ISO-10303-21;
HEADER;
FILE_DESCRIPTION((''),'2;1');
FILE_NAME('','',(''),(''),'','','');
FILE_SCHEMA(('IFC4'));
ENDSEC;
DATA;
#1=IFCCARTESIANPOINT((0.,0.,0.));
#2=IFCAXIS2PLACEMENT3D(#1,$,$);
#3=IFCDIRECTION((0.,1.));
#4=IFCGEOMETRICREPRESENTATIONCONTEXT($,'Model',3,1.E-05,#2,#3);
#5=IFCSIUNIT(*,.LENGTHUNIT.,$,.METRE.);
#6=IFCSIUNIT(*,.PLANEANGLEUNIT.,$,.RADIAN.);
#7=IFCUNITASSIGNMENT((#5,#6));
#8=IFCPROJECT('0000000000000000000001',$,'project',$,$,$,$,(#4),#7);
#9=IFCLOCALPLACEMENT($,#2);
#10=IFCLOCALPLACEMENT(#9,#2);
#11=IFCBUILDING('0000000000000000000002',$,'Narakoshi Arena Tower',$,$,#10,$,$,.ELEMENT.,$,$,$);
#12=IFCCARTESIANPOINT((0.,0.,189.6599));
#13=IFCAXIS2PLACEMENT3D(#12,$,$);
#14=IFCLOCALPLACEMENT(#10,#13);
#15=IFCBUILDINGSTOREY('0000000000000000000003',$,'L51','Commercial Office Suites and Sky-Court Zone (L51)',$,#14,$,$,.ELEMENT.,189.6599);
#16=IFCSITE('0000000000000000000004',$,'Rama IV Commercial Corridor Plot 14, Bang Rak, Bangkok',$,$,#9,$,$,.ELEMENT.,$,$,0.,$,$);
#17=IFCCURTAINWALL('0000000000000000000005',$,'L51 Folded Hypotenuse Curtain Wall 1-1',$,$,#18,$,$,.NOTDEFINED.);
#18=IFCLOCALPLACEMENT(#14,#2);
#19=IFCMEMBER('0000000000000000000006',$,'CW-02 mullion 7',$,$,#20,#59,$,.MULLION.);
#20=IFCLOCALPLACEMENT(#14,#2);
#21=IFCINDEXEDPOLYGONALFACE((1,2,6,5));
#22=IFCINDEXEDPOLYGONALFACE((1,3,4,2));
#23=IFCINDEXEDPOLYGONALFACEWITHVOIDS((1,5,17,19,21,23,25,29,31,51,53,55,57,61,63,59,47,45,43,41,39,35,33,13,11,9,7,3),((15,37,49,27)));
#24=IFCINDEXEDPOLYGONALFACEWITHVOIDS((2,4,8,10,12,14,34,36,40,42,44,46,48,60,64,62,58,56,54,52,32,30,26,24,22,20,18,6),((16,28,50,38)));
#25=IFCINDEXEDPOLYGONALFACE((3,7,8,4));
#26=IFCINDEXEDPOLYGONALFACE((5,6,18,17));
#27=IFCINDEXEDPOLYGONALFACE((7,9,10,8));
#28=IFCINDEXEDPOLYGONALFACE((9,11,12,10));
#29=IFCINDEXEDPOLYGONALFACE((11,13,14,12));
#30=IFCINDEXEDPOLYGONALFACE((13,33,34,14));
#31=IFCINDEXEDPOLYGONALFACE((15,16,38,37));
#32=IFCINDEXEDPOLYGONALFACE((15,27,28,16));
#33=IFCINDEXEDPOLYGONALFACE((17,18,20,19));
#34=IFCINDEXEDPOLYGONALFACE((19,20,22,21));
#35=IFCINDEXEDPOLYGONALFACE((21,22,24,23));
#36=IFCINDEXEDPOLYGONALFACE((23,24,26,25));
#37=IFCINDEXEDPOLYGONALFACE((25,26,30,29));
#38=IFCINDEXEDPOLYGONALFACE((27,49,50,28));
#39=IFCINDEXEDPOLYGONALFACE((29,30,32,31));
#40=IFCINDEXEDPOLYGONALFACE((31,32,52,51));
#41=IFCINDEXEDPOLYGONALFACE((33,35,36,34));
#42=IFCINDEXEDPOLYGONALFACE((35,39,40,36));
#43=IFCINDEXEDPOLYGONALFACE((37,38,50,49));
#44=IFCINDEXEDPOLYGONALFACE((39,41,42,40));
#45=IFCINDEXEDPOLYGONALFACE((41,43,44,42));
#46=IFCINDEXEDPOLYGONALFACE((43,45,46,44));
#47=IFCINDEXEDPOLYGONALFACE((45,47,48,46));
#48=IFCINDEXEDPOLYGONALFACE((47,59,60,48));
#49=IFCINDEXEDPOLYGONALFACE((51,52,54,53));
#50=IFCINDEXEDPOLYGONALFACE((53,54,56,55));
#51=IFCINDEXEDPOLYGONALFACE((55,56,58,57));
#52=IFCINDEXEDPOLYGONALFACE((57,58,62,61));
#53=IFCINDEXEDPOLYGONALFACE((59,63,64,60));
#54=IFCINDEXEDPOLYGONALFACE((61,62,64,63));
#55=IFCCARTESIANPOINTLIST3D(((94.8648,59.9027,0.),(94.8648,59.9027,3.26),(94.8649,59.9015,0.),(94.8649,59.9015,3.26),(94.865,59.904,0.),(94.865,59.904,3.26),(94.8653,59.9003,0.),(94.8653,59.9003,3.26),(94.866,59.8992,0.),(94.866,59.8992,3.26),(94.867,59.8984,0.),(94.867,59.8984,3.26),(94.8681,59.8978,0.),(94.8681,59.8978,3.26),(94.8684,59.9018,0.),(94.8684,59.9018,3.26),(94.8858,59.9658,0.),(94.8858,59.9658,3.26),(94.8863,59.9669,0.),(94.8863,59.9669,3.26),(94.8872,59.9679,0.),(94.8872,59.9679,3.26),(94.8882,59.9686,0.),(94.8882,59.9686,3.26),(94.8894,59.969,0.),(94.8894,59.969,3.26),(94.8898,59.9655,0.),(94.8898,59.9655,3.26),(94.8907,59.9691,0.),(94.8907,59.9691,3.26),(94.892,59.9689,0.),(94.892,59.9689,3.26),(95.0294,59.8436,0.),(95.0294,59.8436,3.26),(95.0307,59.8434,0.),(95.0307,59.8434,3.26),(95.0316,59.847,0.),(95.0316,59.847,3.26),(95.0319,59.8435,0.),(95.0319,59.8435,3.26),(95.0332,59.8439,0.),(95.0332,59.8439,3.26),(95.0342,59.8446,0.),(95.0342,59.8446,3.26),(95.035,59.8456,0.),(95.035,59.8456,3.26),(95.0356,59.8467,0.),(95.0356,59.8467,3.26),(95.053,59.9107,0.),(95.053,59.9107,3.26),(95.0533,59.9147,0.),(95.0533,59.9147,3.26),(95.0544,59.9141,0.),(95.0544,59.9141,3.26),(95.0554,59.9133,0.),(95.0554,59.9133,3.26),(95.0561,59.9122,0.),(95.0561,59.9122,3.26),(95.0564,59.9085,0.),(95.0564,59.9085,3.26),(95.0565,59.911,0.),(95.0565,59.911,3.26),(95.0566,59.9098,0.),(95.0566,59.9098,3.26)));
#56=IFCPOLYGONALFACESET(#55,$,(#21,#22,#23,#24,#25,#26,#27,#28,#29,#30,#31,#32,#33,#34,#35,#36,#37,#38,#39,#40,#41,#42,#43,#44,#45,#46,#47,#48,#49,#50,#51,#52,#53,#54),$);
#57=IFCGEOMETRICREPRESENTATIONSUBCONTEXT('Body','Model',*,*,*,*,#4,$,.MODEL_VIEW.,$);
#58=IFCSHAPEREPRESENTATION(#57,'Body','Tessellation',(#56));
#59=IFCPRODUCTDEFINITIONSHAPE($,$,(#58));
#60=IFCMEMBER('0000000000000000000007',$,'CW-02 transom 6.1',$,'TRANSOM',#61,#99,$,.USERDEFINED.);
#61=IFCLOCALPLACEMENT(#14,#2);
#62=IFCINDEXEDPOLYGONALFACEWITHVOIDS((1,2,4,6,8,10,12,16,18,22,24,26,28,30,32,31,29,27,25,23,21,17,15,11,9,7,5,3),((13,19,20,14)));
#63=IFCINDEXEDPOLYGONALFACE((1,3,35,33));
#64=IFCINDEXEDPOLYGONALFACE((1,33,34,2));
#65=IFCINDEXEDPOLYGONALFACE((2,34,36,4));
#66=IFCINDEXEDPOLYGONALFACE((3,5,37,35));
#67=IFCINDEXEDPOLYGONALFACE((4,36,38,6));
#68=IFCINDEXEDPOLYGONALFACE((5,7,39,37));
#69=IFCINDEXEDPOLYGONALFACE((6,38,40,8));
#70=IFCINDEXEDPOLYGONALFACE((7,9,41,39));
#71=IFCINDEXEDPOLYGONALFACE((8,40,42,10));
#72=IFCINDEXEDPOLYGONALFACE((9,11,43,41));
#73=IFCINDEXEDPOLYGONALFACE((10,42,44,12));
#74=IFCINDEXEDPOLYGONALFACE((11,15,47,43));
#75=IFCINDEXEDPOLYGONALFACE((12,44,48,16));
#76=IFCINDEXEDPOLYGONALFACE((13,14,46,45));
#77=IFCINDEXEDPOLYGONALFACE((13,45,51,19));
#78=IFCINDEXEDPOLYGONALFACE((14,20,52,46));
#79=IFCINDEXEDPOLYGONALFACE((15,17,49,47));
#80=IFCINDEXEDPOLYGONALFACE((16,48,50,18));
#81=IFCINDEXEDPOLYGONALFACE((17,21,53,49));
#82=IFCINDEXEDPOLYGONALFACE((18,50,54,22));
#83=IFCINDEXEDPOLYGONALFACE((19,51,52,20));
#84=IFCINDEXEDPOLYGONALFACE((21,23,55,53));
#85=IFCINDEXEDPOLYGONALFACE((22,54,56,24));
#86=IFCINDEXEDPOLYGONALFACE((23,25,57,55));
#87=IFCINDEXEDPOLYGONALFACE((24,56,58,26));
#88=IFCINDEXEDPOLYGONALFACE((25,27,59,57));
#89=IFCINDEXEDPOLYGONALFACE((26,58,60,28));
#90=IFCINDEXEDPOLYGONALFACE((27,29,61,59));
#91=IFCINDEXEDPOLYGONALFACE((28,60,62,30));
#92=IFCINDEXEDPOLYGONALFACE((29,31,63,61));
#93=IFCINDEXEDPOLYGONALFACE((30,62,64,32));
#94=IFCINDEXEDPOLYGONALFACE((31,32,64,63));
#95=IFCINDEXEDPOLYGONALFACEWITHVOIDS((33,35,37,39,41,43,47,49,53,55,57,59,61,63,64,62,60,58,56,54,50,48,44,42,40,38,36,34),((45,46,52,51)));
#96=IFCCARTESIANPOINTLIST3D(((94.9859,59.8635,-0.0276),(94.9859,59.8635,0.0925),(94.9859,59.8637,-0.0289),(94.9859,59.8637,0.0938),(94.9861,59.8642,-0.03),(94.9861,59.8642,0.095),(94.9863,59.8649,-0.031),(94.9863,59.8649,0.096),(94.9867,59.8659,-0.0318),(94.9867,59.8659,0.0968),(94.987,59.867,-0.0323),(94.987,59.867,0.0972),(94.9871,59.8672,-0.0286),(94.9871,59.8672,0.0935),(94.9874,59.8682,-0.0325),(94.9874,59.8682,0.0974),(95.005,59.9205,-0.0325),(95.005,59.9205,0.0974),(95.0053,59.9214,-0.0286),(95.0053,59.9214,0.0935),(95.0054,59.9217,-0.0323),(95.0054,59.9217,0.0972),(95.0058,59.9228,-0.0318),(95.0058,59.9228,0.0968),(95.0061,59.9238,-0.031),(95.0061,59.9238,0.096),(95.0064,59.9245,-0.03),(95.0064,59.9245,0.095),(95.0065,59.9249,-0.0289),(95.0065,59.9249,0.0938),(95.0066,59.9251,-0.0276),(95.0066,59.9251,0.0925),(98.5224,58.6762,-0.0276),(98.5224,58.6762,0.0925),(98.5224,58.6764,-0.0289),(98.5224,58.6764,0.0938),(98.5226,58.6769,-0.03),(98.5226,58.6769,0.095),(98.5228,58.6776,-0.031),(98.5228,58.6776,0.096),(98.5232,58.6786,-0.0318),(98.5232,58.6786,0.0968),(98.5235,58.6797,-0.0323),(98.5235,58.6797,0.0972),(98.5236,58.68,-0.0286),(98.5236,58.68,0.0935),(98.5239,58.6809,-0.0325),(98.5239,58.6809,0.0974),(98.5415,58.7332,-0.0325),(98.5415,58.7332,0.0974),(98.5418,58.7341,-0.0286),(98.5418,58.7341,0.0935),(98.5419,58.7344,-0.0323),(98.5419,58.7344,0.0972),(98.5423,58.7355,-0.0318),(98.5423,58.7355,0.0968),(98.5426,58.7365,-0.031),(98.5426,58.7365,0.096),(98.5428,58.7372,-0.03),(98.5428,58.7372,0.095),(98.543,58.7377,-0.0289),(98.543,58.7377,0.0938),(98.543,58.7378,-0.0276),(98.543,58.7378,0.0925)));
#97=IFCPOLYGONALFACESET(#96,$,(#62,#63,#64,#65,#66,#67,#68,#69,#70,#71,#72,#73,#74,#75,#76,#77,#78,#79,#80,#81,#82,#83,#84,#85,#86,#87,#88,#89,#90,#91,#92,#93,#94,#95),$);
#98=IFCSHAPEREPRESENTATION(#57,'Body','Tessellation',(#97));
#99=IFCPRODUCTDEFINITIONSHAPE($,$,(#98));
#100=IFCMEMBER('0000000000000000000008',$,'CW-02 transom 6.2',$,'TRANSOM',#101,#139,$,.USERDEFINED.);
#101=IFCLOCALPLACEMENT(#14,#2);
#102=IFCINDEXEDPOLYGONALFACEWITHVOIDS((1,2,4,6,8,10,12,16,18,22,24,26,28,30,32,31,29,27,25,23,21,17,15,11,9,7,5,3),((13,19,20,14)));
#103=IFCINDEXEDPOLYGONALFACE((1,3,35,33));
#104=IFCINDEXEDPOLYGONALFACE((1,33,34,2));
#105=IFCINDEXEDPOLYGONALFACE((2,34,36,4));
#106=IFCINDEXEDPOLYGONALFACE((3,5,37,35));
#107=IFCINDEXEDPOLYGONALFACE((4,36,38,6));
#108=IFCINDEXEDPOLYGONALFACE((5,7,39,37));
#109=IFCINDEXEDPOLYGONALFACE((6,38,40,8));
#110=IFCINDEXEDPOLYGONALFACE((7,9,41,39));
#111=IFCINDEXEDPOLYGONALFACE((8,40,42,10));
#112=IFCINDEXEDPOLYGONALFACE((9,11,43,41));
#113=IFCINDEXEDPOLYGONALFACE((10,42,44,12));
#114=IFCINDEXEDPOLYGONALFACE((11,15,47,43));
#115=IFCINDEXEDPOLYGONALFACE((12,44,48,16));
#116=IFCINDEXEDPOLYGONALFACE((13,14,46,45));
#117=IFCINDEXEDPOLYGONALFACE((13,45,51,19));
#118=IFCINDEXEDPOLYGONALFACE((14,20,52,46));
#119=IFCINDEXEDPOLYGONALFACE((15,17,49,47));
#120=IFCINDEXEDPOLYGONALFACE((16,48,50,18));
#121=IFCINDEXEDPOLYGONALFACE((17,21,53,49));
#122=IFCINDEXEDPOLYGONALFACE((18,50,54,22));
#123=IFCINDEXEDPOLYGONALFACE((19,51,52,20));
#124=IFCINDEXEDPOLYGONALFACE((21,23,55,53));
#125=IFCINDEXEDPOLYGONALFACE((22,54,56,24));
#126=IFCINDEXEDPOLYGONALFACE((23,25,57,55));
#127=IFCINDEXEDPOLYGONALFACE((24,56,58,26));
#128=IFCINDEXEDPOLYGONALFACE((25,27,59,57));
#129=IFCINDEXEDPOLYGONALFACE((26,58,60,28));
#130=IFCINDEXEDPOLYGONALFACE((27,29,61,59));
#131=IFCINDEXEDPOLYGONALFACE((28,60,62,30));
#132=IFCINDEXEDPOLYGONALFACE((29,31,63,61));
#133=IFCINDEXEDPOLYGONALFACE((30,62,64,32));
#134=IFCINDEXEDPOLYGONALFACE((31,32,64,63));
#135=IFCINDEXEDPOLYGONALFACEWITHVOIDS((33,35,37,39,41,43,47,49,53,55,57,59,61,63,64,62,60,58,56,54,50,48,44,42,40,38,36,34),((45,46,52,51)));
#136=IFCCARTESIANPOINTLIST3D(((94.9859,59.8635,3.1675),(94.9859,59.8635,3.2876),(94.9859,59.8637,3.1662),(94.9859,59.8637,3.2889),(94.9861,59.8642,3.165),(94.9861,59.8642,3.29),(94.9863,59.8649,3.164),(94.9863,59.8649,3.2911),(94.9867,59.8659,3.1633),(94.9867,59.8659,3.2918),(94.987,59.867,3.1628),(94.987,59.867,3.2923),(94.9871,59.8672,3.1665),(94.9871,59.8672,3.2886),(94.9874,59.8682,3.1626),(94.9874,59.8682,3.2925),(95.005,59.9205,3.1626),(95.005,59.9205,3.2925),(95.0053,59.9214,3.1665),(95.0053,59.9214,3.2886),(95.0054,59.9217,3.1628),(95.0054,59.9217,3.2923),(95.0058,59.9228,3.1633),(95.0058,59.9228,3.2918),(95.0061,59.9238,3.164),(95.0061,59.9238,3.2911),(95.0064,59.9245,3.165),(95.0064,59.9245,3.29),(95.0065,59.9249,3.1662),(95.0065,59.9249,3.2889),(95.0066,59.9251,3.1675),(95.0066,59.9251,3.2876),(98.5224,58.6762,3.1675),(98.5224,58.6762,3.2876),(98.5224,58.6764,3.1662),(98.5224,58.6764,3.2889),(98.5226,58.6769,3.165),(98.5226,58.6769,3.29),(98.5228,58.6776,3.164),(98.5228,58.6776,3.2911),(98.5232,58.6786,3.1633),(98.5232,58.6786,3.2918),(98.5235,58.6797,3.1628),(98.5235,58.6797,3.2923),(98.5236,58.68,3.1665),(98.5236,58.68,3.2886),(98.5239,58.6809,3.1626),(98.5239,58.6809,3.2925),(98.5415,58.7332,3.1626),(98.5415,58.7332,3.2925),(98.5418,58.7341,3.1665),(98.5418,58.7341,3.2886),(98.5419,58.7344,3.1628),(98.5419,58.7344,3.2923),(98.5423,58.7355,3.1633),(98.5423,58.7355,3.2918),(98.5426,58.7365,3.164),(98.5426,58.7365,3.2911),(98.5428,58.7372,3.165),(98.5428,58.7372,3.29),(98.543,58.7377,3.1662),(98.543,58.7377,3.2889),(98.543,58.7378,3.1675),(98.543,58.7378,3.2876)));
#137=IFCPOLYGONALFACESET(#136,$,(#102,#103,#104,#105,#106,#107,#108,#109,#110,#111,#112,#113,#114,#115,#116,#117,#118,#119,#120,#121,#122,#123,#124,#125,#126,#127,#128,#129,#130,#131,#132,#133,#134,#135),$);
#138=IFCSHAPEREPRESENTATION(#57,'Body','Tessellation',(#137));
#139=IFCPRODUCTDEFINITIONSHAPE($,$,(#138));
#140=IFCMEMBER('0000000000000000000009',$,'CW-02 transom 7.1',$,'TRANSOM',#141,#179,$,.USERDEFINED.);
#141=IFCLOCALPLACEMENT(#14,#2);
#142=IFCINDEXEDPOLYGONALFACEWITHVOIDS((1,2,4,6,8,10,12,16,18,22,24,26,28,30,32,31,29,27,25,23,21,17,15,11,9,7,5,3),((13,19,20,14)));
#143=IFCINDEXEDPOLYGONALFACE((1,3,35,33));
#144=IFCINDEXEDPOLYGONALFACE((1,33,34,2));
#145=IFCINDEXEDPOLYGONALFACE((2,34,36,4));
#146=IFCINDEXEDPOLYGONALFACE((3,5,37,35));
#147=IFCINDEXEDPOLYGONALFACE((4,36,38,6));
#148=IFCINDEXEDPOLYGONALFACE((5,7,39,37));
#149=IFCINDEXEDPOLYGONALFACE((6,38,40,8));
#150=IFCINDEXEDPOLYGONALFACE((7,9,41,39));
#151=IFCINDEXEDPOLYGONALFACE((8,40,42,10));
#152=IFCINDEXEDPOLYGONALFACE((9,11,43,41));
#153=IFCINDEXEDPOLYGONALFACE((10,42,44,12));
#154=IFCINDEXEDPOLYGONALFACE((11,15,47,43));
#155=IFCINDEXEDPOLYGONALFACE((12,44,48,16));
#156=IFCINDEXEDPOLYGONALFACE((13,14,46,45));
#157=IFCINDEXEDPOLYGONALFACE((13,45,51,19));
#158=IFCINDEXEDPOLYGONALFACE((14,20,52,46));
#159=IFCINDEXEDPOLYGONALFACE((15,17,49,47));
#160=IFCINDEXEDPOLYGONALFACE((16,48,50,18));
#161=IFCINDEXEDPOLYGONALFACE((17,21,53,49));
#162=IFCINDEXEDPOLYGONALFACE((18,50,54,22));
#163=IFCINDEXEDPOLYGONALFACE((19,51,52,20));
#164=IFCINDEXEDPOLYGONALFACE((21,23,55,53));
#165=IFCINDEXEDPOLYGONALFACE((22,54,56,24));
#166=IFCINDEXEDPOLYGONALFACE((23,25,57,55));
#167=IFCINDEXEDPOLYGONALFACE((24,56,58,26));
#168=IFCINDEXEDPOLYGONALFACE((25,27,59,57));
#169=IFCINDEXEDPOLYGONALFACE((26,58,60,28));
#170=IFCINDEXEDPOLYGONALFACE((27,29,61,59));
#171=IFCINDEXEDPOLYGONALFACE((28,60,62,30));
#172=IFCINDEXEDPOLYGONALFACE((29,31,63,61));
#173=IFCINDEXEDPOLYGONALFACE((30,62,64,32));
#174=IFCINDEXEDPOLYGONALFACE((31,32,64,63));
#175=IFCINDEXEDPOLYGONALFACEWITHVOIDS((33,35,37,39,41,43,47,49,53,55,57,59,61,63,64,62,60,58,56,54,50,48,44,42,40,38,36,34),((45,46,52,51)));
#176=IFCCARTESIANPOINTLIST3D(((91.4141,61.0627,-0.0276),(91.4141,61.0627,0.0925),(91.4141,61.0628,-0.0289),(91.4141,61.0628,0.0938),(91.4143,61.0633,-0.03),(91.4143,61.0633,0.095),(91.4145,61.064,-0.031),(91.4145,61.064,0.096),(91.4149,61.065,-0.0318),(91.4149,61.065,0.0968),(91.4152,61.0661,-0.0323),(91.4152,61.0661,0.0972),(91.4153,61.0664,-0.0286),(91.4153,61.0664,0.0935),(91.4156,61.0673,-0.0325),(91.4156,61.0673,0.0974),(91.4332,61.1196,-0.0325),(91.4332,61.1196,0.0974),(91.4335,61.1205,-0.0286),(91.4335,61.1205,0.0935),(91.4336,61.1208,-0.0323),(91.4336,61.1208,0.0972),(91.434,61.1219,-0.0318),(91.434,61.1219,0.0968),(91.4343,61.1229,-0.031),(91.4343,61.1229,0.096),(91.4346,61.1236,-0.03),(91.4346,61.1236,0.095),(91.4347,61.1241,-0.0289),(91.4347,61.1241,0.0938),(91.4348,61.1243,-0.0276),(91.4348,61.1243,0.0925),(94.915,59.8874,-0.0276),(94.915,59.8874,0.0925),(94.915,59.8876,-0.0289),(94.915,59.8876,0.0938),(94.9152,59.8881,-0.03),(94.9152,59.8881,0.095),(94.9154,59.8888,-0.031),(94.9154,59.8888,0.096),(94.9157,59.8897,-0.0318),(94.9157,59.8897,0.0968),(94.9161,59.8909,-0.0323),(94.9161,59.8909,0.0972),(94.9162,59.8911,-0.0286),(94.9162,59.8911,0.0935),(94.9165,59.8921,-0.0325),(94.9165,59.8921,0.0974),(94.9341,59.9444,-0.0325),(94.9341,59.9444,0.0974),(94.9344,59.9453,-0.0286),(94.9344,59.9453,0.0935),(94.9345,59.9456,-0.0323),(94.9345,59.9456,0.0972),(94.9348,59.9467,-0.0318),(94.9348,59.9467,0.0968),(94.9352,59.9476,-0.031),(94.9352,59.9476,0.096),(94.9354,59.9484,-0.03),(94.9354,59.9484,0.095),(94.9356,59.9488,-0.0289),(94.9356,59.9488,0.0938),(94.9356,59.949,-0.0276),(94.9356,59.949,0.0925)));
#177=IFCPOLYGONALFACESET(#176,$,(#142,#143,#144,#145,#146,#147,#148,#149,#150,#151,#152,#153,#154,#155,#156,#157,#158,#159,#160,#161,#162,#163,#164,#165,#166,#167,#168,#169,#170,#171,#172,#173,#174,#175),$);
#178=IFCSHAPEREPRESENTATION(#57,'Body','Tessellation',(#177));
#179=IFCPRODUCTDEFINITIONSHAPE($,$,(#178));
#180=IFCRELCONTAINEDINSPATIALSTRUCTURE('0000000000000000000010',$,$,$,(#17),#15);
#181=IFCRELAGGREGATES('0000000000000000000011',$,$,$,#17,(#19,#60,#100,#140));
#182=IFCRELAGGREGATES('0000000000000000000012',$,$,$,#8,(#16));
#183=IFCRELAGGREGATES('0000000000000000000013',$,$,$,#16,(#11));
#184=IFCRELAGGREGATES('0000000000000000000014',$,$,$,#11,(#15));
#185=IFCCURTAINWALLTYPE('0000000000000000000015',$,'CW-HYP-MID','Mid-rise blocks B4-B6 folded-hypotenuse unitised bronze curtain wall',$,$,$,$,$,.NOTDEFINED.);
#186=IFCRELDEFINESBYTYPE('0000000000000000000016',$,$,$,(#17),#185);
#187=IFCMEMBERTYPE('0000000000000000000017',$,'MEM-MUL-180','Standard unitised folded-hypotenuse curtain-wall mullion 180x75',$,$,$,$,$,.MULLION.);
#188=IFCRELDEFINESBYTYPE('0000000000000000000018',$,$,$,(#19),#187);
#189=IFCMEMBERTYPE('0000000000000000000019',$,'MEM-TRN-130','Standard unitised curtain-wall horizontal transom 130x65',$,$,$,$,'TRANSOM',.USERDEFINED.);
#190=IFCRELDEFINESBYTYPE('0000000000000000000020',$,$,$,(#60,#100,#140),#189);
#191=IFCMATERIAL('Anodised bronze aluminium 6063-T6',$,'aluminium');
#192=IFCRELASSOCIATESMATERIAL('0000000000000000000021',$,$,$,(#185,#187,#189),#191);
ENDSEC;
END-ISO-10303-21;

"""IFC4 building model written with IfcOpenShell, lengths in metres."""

from ifc_helpers import new_model, si_unit, direction, frame, origin, origin_2d, place, context, subcontext, project, spatial, hollow_rectangle, extrude, material, material_profile, profile_set, type_object, element, aggregate, save


model = new_model("IFC4")

# Units and contexts
model_context = context("Model", 3, precision=1e-05, world=origin(), true_north=direction((0.0, 1.0)))
body_context = subcontext(model_context, "Body", "Model", "MODEL_VIEW")
ifc_project = project(units=[si_unit("LENGTHUNIT", "METRE"), si_unit("PLANEANGLEUNIT", "RADIAN")], contexts=[model_context])

# Site, building, storey
site_placement = place(None, origin())
site = spatial("IfcSite", under=ifc_project, at=site_placement, Name="Rama IV Commercial Corridor Plot 14, Bang Rak, Bangkok", CompositionType="ELEMENT", RefElevation=0.0)
building_placement = place(site_placement, origin())
building = spatial("IfcBuilding", under=site, at=building_placement, Name="Narakoshi Arena Tower", CompositionType="ELEMENT")
storey_placement = place(building_placement, frame((0.0, 0.0, 189.6599)))
storey = spatial("IfcBuildingStorey", under=building, at=storey_placement, Name="L51", Description="Commercial Office Suites and Sky-Court Zone (L51)", CompositionType="ELEMENT", Elevation=189.6599)

# Curtain wall, members
ifc_material_1 = material(Name="Anodised bronze aluminium 6063-T6", Category="aluminium")
curtain_wall_type = type_object("IfcCurtainWallType", Name="CW-HYP-MID", Description="Mid-rise blocks B4-B6 folded-hypotenuse unitised bronze curtain wall", PredefinedType="NOTDEFINED", material=ifc_material_1)
curtain_wall_placement = place(storey_placement, origin())
curtain_wall = element("IfcCurtainWall", 1, at=curtain_wall_placement, inside=storey, type_object=curtain_wall_type, Name="L51 Folded Hypotenuse Curtain Wall 1-1", PredefinedType="NOTDEFINED")
ifc_material_profile_1 = material_profile(ifc_material_1, hollow_rectangle(XDim=0.075, YDim=0.1799, WallThickness=0.0039, OuterFilletRadius=0.0049, at=origin_2d()), Name="MUL180x75x4")
ifc_profile_set_1 = profile_set([ifc_material_profile_1], Name="Anodised bronze aluminium 6063-T6")
member_type_1 = type_object("IfcMemberType", Name="MEM-MUL-180", Description="Standard unitised folded-hypotenuse curtain-wall mullion 180x75", PredefinedType="MULLION", material=ifc_profile_set_1)
member_1_placement = place(storey_placement, frame((94.9607, 59.9062, 0.0), z_axis=(0.0, 0.0, 1.0), x_axis=(-0.318261, -0.948003, 0.0)))
member_1 = element("IfcMember", 2, at=member_1_placement, type_object=member_type_1, Name="CW-02 mullion 7", PredefinedType="MULLION", context=body_context, shape_type="SweptSolid", body=[
    extrude(hollow_rectangle(XDim=0.075, YDim=0.1799, WallThickness=0.0039, OuterFilletRadius=0.0049, at=origin_2d()), origin(), (0.0, 0.0, 1.0), 3.26),
])
ifc_material_profile_2 = material_profile(ifc_material_1, hollow_rectangle(XDim=0.0649, YDim=0.1299, WallThickness=0.0039, OuterFilletRadius=0.0049, at=origin_2d()), Name="TRN130x65x4")
ifc_profile_set_2 = profile_set([ifc_material_profile_2], Name="Anodised bronze aluminium 6063-T6")
member_type_2 = type_object("IfcMemberType", Name="MEM-TRN-130", Description="Standard unitised curtain-wall horizontal transom 130x65", ElementType="TRANSOM", PredefinedType="USERDEFINED", material=ifc_profile_set_2)
member_2_placement = place(storey_placement, frame((98.5327, 58.707, 0.0325), z_axis=(-0.948, 0.318269, 0.0), x_axis=(-0.318269, -0.948, 0.0)))
member_2 = element("IfcMember", 3, at=member_2_placement, type_object=member_type_2, Name="CW-02 transom 6.1", ObjectType="TRANSOM", PredefinedType="USERDEFINED", context=body_context, shape_type="SweptSolid", body=[
    extrude(hollow_rectangle(XDim=0.0649, YDim=0.1299, WallThickness=0.0039, OuterFilletRadius=0.0049, at=origin_2d()), origin(), (0.0, 0.0, 1.0), 3.7305),
])
member_3_placement = place(storey_placement, frame((98.5327, 58.707, 3.2275), z_axis=(-0.948, 0.318269, 0.0), x_axis=(-0.318269, -0.948, 0.0)))
member_3 = element("IfcMember", 4, at=member_3_placement, type_object=member_type_2, Name="CW-02 transom 6.2", ObjectType="TRANSOM", PredefinedType="USERDEFINED", context=body_context, shape_type="SweptSolid", body=[
    extrude(hollow_rectangle(XDim=0.0649, YDim=0.1299, WallThickness=0.0039, OuterFilletRadius=0.0049, at=origin_2d()), origin(), (0.0, 0.0, 1.0), 3.7305),
])
member_4_placement = place(storey_placement, frame((94.9253, 59.9182, 0.0325), z_axis=(-0.948007, 0.31825, 0.0), x_axis=(-0.31825, -0.948007, 0.0)))
member_4 = element("IfcMember", 5, at=member_4_placement, type_object=member_type_2, Name="CW-02 transom 7.1", ObjectType="TRANSOM", PredefinedType="USERDEFINED", context=body_context, shape_type="SweptSolid", body=[
    extrude(hollow_rectangle(XDim=0.0649, YDim=0.1299, WallThickness=0.0039, OuterFilletRadius=0.0049, at=origin_2d()), origin(), (0.0, 0.0, 1.0), 3.6929),
])
aggregate(curtain_wall, [member_1, member_2, member_3, member_4])

save(model, "model.ifc")
